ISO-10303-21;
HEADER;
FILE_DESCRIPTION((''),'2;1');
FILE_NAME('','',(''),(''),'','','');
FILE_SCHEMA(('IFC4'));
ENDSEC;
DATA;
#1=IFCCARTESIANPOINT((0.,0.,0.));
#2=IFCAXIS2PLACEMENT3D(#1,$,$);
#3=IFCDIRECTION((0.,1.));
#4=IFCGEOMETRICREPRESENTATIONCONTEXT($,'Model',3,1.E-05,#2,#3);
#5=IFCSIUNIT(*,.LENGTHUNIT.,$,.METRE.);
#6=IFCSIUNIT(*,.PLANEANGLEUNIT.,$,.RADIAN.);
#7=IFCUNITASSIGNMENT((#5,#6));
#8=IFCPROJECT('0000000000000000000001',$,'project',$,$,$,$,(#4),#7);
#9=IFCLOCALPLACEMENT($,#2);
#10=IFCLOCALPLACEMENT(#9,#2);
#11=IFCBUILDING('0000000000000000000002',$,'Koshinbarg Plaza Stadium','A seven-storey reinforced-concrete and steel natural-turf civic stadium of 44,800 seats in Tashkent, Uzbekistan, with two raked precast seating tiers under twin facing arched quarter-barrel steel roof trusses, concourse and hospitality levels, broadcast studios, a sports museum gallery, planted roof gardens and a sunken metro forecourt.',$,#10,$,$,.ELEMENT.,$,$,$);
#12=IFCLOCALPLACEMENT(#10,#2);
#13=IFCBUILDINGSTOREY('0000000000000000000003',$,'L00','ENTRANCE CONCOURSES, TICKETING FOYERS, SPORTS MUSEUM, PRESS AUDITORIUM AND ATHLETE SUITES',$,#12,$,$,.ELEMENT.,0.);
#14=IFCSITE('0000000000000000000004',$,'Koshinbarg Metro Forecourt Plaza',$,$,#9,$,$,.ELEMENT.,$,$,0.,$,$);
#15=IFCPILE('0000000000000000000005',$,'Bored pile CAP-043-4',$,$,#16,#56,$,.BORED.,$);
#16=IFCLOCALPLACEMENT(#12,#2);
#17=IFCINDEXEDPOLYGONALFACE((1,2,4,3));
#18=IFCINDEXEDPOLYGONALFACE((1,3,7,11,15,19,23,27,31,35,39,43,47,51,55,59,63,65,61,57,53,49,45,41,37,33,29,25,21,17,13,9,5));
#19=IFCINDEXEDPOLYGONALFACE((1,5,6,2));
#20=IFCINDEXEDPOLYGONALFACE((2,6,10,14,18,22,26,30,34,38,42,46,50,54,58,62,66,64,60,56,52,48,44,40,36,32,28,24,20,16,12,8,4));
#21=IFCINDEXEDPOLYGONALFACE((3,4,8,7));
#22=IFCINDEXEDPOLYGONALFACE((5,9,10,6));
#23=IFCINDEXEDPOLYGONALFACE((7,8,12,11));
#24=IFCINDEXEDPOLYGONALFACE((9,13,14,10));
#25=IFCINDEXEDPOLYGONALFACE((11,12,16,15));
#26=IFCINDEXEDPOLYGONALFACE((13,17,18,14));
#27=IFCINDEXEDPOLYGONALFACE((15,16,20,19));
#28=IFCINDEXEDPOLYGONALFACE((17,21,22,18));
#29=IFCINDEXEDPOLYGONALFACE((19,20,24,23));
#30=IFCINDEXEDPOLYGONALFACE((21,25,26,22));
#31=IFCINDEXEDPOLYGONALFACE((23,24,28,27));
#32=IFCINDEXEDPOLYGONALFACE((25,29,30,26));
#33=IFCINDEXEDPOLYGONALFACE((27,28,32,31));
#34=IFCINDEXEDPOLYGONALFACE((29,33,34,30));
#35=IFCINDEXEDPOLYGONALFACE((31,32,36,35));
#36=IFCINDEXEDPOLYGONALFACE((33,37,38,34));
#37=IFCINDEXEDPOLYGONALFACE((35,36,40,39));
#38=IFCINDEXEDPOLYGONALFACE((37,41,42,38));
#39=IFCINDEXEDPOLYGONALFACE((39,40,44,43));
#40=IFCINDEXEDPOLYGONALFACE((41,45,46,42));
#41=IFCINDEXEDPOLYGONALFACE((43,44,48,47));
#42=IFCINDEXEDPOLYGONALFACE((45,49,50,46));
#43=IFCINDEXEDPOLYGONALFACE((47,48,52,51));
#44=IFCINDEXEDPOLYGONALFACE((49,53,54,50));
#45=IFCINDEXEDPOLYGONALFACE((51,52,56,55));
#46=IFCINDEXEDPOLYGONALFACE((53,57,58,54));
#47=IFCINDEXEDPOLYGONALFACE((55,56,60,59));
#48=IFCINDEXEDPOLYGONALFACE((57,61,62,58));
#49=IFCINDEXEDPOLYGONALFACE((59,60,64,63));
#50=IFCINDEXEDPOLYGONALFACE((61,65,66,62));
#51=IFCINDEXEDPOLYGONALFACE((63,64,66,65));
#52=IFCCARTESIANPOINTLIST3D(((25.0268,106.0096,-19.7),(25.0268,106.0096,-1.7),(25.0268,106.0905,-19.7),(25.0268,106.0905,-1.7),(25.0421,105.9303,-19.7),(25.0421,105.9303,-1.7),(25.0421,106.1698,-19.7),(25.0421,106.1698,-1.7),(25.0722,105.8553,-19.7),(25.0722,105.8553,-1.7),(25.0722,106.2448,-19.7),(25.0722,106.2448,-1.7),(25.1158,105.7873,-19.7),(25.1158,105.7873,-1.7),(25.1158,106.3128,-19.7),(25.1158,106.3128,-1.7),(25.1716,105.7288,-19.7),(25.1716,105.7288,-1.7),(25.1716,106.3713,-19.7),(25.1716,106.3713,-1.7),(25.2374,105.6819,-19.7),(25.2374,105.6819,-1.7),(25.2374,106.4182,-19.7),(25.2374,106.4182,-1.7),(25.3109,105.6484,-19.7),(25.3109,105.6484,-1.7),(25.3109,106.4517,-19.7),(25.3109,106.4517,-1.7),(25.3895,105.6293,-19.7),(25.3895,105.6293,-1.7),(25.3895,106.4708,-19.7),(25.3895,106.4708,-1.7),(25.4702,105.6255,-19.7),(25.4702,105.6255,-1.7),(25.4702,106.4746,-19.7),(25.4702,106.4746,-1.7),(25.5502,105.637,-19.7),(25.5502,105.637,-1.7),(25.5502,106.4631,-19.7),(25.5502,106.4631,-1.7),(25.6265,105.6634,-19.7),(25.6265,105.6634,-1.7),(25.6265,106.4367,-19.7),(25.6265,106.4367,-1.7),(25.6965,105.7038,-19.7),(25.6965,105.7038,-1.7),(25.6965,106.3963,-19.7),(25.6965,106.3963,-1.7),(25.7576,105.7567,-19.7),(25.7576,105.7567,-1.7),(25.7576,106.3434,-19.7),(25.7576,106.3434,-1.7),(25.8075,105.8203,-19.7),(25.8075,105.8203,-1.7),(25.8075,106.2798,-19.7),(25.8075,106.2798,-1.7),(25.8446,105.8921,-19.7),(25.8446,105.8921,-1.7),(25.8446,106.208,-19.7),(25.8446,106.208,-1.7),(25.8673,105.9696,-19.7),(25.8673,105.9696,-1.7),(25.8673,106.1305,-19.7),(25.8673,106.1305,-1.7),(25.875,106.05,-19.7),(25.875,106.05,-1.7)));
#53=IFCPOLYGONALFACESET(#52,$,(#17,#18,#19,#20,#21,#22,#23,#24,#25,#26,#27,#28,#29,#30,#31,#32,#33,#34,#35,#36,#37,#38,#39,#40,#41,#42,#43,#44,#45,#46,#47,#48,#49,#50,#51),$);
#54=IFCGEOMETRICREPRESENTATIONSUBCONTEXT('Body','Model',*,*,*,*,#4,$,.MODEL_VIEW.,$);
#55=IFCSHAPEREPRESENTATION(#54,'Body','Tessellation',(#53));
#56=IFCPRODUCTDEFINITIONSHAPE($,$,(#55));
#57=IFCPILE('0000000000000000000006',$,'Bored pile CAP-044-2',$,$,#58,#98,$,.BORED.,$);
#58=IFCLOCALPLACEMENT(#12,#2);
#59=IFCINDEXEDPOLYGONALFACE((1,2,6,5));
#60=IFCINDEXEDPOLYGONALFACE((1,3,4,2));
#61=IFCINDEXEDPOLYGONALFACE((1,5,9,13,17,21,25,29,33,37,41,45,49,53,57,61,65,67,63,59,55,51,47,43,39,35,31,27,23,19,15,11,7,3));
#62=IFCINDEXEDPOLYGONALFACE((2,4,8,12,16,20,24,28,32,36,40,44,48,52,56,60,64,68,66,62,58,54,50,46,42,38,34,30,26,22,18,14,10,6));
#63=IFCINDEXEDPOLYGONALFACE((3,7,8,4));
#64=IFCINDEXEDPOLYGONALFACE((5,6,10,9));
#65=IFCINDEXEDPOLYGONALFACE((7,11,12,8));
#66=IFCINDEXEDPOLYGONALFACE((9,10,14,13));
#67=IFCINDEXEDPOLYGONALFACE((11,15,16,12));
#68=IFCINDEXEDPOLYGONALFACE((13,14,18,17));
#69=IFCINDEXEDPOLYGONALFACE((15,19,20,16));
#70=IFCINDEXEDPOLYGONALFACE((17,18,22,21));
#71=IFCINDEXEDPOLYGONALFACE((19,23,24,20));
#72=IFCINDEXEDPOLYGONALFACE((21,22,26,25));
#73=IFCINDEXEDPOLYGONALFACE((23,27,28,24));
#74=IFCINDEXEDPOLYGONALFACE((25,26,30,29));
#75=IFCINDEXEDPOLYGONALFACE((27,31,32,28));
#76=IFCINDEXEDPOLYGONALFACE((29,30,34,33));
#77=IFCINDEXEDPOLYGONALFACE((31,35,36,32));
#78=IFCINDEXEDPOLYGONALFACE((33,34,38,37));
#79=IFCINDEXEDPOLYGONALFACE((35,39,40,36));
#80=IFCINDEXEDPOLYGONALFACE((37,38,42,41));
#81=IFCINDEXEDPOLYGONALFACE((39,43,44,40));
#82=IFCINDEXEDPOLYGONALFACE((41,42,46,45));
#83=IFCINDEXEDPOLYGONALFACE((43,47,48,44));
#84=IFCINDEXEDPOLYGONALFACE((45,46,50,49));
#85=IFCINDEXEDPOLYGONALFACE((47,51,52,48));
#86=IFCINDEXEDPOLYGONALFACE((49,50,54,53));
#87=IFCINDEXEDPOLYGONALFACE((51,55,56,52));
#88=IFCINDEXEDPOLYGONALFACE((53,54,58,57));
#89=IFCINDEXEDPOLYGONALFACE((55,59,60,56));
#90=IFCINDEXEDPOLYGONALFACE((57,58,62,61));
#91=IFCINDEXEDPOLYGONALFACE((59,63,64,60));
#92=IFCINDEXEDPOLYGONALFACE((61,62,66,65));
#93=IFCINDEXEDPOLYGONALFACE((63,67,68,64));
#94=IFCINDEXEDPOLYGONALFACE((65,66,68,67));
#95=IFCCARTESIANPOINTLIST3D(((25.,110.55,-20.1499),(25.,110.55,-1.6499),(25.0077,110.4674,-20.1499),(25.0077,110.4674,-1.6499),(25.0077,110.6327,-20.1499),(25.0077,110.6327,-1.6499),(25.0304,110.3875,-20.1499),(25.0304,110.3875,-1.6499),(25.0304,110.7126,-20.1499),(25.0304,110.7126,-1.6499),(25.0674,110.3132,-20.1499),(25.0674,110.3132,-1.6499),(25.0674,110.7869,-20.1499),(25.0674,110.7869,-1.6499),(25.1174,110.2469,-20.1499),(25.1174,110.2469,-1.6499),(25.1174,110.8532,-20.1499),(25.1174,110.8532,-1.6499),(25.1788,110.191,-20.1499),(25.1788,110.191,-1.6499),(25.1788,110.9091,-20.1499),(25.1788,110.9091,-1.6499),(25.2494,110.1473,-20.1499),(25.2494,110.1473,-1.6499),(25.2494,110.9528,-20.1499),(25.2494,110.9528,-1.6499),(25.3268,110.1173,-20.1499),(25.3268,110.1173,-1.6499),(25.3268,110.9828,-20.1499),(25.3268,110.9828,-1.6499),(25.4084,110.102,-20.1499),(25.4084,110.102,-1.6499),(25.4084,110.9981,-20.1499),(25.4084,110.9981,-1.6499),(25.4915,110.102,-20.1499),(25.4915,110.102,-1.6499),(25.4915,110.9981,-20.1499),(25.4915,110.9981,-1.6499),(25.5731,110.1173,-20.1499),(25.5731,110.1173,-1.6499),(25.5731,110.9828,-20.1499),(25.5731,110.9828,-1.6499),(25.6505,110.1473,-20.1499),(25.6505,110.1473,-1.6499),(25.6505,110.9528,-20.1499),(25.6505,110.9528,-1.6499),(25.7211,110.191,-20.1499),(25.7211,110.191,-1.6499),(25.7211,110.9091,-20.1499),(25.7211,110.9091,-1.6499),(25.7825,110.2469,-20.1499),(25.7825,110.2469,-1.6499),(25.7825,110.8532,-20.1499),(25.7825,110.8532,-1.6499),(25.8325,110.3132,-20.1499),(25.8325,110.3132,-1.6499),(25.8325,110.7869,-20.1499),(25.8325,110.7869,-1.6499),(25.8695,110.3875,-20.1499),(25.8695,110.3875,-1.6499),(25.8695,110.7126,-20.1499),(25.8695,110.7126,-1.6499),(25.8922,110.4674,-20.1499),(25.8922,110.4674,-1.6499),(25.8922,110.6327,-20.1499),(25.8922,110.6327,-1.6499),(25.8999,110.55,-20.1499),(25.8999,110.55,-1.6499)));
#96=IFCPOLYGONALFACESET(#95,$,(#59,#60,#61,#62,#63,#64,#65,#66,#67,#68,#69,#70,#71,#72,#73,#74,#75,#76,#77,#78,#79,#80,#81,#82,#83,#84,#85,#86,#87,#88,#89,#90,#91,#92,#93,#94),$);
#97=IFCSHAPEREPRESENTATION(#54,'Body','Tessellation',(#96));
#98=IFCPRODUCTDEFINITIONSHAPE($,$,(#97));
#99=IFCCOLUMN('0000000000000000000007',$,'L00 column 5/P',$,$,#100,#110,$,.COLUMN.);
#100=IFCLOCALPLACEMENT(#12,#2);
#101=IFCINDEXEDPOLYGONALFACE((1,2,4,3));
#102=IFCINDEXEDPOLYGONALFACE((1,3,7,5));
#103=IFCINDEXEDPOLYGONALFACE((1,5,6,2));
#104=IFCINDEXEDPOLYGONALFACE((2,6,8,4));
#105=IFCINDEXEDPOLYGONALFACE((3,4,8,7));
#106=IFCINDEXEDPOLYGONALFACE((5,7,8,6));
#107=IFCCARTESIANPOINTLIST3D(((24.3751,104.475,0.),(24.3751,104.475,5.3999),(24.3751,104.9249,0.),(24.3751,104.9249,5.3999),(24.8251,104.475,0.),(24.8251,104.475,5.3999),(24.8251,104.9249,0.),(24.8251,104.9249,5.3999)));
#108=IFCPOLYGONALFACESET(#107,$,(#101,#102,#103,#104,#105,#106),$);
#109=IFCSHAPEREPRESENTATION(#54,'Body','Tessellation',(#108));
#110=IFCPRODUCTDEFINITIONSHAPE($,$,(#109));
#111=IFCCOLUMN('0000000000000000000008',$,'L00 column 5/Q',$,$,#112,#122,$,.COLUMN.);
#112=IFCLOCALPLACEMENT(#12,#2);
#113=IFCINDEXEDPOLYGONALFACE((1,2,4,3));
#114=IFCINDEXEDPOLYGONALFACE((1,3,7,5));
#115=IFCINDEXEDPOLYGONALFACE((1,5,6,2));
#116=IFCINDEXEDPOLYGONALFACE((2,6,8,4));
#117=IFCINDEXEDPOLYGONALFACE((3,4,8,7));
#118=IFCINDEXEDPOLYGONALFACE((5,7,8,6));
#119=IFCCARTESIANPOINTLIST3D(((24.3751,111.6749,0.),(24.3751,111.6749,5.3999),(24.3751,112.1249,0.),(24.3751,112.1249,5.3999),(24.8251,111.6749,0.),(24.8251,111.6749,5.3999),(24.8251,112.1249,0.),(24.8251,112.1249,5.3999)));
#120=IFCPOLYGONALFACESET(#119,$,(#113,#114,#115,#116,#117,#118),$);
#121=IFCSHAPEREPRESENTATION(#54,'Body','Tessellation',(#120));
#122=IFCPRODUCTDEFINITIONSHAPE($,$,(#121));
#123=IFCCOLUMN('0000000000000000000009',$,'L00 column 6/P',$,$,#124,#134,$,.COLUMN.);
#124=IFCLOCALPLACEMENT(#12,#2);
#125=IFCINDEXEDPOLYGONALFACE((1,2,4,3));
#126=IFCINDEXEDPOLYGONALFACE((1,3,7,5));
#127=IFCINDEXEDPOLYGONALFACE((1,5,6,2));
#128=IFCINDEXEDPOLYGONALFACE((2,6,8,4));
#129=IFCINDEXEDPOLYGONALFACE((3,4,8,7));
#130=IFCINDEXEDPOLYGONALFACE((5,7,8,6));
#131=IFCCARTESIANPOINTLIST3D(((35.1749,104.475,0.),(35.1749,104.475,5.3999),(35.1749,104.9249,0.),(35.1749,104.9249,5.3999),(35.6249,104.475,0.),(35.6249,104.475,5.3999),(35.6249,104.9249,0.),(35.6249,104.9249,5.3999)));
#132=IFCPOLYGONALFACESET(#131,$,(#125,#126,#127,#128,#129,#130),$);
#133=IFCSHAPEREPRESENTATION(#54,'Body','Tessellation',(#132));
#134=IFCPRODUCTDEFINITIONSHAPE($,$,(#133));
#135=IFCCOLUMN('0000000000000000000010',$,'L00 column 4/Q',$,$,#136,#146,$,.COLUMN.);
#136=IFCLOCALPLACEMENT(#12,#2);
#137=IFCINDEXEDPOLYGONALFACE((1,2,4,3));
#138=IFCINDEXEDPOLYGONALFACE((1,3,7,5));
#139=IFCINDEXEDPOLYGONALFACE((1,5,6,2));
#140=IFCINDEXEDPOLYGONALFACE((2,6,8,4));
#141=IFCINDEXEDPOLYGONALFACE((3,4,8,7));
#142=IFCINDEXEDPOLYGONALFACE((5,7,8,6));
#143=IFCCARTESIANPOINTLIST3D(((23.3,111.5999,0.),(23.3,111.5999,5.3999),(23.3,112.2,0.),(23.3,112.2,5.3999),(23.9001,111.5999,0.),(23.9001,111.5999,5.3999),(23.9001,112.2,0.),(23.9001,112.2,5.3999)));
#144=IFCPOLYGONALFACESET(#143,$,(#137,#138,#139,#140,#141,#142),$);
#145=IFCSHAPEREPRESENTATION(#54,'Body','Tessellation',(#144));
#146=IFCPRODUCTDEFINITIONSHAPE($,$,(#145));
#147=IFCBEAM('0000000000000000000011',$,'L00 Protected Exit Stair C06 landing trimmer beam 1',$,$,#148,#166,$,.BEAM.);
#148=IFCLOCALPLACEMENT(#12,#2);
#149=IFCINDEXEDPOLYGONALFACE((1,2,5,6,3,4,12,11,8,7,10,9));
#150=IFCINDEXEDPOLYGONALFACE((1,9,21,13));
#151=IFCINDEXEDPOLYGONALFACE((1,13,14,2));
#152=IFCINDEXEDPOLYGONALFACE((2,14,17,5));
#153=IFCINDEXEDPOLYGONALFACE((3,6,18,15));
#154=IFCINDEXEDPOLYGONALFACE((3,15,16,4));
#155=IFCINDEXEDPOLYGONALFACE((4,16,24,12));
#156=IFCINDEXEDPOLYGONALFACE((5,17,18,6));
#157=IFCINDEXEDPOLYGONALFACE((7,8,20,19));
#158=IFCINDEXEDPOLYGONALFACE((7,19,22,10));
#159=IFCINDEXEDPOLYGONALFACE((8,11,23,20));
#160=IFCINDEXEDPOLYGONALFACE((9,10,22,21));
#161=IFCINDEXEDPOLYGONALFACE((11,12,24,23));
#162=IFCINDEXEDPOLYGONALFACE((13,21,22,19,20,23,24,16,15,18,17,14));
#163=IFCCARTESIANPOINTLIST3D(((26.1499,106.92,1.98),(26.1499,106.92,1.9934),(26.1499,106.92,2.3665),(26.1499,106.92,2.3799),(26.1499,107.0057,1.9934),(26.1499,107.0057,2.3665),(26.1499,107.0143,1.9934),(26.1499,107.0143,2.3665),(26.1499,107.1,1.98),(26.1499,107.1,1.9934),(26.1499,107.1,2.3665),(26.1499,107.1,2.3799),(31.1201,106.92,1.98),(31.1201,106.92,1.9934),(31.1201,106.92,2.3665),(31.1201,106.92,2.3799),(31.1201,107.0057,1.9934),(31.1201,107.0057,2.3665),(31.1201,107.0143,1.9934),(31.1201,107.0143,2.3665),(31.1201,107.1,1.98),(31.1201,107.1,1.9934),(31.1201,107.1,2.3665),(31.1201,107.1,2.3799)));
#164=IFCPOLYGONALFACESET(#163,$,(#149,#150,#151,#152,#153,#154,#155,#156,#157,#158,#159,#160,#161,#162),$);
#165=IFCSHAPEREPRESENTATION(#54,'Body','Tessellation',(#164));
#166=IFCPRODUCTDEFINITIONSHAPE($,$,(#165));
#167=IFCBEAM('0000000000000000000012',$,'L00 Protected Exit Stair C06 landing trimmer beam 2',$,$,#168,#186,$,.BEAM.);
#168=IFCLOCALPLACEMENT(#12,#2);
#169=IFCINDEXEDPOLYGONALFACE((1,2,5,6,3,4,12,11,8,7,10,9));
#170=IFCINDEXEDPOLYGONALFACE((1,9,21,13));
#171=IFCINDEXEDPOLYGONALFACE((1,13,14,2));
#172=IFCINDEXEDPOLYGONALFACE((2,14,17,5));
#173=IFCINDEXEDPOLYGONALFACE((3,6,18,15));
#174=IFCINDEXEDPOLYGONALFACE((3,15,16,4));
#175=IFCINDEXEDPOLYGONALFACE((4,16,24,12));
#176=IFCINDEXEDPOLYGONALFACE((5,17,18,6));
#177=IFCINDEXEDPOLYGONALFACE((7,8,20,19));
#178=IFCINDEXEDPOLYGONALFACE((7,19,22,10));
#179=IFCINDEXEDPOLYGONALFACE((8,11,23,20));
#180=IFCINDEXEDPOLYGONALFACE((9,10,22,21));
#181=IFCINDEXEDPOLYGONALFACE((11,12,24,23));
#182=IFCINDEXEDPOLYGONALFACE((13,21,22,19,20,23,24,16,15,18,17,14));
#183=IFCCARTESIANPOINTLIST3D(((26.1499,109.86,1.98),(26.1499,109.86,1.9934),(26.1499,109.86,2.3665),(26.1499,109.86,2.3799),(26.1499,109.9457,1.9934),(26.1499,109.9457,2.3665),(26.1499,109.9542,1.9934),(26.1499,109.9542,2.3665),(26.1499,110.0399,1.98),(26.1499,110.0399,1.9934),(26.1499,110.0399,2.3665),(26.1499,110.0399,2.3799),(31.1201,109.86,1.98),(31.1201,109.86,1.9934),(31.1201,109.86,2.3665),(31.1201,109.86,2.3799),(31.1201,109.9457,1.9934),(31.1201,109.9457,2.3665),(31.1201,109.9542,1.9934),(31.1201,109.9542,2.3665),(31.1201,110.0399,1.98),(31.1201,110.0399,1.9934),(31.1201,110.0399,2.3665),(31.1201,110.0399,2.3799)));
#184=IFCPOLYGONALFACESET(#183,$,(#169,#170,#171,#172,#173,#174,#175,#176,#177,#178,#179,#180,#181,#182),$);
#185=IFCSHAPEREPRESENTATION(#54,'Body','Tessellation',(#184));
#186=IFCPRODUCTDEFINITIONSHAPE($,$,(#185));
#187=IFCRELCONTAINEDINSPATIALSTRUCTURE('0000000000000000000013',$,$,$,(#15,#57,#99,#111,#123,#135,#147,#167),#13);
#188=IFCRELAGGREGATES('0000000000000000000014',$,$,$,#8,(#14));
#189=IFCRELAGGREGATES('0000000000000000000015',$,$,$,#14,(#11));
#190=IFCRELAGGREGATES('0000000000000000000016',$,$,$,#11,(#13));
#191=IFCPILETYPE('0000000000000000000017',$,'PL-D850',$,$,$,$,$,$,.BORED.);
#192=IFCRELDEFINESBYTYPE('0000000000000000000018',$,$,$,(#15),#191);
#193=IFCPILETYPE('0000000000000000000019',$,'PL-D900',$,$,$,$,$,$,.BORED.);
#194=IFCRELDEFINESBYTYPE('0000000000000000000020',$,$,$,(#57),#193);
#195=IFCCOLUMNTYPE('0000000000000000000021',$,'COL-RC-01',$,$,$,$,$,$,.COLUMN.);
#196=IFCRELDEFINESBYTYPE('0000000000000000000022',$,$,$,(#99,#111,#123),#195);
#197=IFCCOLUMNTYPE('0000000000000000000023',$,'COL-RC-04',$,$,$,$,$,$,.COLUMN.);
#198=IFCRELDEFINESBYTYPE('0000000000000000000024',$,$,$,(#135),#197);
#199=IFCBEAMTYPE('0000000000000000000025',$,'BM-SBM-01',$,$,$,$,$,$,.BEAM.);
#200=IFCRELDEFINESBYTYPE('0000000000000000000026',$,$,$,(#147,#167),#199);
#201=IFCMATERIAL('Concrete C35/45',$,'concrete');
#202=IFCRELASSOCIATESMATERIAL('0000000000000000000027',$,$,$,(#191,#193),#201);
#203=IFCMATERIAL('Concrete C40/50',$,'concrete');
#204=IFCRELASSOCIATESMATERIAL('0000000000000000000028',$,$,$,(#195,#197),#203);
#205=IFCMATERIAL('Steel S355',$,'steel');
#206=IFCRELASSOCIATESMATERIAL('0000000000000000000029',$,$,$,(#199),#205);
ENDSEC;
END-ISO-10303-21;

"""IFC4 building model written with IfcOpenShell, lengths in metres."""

from ifc_helpers import new_model, si_unit, direction, frame, origin, origin_2d, place, context, subcontext, project, spatial, rectangle, circle, i_section, extrude, material, material_profile, profile_set, type_object, element, save


model = new_model("IFC4")

# Units and contexts
model_context = context("Model", 3, precision=1e-05, world=origin(), true_north=direction((0.0, 1.0)))
body_context = subcontext(model_context, "Body", "Model", "MODEL_VIEW")
ifc_project = project(units=[si_unit("LENGTHUNIT", "METRE"), si_unit("PLANEANGLEUNIT", "RADIAN")], contexts=[model_context])

# Site, building, storey
site_placement = place(None, origin())
site = spatial("IfcSite", under=ifc_project, at=site_placement, Name="Koshinbarg Metro Forecourt Plaza", CompositionType="ELEMENT", RefElevation=0.0)
building_placement = place(site_placement, origin())
building = spatial("IfcBuilding", under=site, at=building_placement, Name="Koshinbarg Plaza Stadium", Description="A seven-storey reinforced-concrete and steel natural-turf civic stadium of 44,800 seats in Tashkent, Uzbekistan, with two raked precast seating tiers under twin facing arched quarter-barrel steel roof trusses, concourse and hospitality levels, broadcast studios, a sports museum gallery, planted roof gardens and a sunken metro forecourt.", CompositionType="ELEMENT")
storey_placement = place(building_placement, origin())
storey = spatial("IfcBuildingStorey", under=building, at=storey_placement, Name="L00", Description="ENTRANCE CONCOURSES, TICKETING FOYERS, SPORTS MUSEUM, PRESS AUDITORIUM AND ATHLETE SUITES", CompositionType="ELEMENT", Elevation=0.0)

# Shared definitions
ifc_material_1 = material(Name="Concrete C35/45", Category="concrete")

# Piles
ifc_material_profile_1 = material_profile(ifc_material_1, circle(Radius=0.425, at=origin_2d()), Name="PILE D850")
ifc_profile_set_1 = profile_set([ifc_material_profile_1], Name="Concrete C35/45")
pile_type_1 = type_object("IfcPileType", Name="PL-D850", PredefinedType="BORED", material=ifc_profile_set_1)
pile_1_placement = place(storey_placement, frame((25.45, 106.05, -1.7), z_axis=(0.0, 0.0, -1.0), x_axis=(1.0, 0.0, 0.0)))
element("IfcPile", 1, at=pile_1_placement, inside=storey, type_object=pile_type_1, Name="Bored pile CAP-043-4", PredefinedType="BORED", context=body_context, shape_type="SweptSolid", body=[
    extrude(circle(Radius=0.425, at=origin_2d()), origin(), (0.0, 0.0, 1.0), 18.0),
])
ifc_material_profile_2 = material_profile(ifc_material_1, circle(Radius=0.45, at=origin_2d()), Name="PILE D900")
ifc_profile_set_2 = profile_set([ifc_material_profile_2], Name="Concrete C35/45")
pile_type_2 = type_object("IfcPileType", Name="PL-D900", PredefinedType="BORED", material=ifc_profile_set_2)
pile_2_placement = place(storey_placement, frame((25.45, 110.55, -1.6499), z_axis=(0.0, 0.0, -1.0), x_axis=(1.0, 0.0, 0.0)))
element("IfcPile", 2, at=pile_2_placement, inside=storey, type_object=pile_type_2, Name="Bored pile CAP-044-2", PredefinedType="BORED", context=body_context, shape_type="SweptSolid", body=[
    extrude(circle(Radius=0.45, at=origin_2d()), origin(), (0.0, 0.0, 1.0), 18.5),
])

# Columns
ifc_material_2 = material(Name="Concrete C40/50", Category="concrete")
ifc_material_profile_3 = material_profile(ifc_material_2, rectangle(XDim=0.45, YDim=0.45, at=origin_2d()), Name="RC 450x450")
ifc_profile_set_3 = profile_set([ifc_material_profile_3], Name="Concrete C40/50")
column_type_1 = type_object("IfcColumnType", Name="COL-RC-01", PredefinedType="COLUMN", material=ifc_profile_set_3)
for number, where, z_axis, x_axis, name in (
    (3, (24.6001, 104.7, 0.0), (0.0, 0.0, 1.0), (1.0, 0.0, 0.0), "L00 column 5/P"),
    (4, (24.6001, 111.8999, 0.0), (0.0, 0.0, 1.0), (1.0, 0.0, 0.0), "L00 column 5/Q"),
    (5, (35.3999, 104.7, 0.0), (0.0, 0.0, 1.0), (1.0, 0.0, 0.0), "L00 column 6/P"),
):
    element("IfcColumn", number, at=place(storey_placement, frame(where, z_axis=z_axis, x_axis=x_axis)), inside=storey, type_object=column_type_1, Name=name, PredefinedType="COLUMN", context=body_context, shape_type="SweptSolid", body=[
        extrude(rectangle(XDim=0.45, YDim=0.45, at=origin_2d()), origin(), (0.0, 0.0, 1.0), 5.3999),
    ])
ifc_material_profile_4 = material_profile(ifc_material_2, rectangle(XDim=0.6001, YDim=0.6001, at=origin_2d()), Name="RC 600x600")
ifc_profile_set_4 = profile_set([ifc_material_profile_4], Name="Concrete C40/50")
column_type_2 = type_object("IfcColumnType", Name="COL-RC-04", PredefinedType="COLUMN", material=ifc_profile_set_4)
column_placement = place(storey_placement, frame((23.6001, 111.8999, 0.0), z_axis=(0.0, 0.0, 1.0), x_axis=(1.0, 0.0, 0.0)))
element("IfcColumn", 6, at=column_placement, inside=storey, type_object=column_type_2, Name="L00 column 4/Q", PredefinedType="COLUMN", context=body_context, shape_type="SweptSolid", body=[
    extrude(rectangle(XDim=0.6001, YDim=0.6001, at=origin_2d()), origin(), (0.0, 0.0, 1.0), 5.3999),
])

# Beams
ifc_material_3 = material(Name="Steel S355", Category="steel")
ifc_material_profile_5 = material_profile(ifc_material_3, i_section(OverallWidth=0.1799, OverallDepth=0.3999, WebThickness=0.0085, FlangeThickness=0.0134, at=origin_2d()), Name="IPE 400")
ifc_profile_set_5 = profile_set([ifc_material_profile_5], Name="Steel S355")
beam_type = type_object("IfcBeamType", Name="BM-SBM-01", PredefinedType="BEAM", material=ifc_profile_set_5)
for number, where, z_axis, x_axis, name in (
    (7, (26.1499, 107.01, 2.1799), (1.0, 0.0, 0.0), (0.0, 1.0, 0.0), "L00 Protected Exit Stair C06 landing trimmer beam 1"),
    (8, (26.1499, 109.95, 2.1799), (1.0, 0.0, 0.0), (0.0, 1.0, 0.0), "L00 Protected Exit Stair C06 landing trimmer beam 2"),
):
    element("IfcBeam", number, at=place(storey_placement, frame(where, z_axis=z_axis, x_axis=x_axis)), inside=storey, type_object=beam_type, Name=name, PredefinedType="BEAM", context=body_context, shape_type="SweptSolid", body=[
        extrude(i_section(OverallWidth=0.1799, OverallDepth=0.3999, WebThickness=0.0085, FlangeThickness=0.0134, at=origin_2d()), origin(), (0.0, 0.0, 1.0), 4.9702),
    ])

save(model, "model.ifc")
